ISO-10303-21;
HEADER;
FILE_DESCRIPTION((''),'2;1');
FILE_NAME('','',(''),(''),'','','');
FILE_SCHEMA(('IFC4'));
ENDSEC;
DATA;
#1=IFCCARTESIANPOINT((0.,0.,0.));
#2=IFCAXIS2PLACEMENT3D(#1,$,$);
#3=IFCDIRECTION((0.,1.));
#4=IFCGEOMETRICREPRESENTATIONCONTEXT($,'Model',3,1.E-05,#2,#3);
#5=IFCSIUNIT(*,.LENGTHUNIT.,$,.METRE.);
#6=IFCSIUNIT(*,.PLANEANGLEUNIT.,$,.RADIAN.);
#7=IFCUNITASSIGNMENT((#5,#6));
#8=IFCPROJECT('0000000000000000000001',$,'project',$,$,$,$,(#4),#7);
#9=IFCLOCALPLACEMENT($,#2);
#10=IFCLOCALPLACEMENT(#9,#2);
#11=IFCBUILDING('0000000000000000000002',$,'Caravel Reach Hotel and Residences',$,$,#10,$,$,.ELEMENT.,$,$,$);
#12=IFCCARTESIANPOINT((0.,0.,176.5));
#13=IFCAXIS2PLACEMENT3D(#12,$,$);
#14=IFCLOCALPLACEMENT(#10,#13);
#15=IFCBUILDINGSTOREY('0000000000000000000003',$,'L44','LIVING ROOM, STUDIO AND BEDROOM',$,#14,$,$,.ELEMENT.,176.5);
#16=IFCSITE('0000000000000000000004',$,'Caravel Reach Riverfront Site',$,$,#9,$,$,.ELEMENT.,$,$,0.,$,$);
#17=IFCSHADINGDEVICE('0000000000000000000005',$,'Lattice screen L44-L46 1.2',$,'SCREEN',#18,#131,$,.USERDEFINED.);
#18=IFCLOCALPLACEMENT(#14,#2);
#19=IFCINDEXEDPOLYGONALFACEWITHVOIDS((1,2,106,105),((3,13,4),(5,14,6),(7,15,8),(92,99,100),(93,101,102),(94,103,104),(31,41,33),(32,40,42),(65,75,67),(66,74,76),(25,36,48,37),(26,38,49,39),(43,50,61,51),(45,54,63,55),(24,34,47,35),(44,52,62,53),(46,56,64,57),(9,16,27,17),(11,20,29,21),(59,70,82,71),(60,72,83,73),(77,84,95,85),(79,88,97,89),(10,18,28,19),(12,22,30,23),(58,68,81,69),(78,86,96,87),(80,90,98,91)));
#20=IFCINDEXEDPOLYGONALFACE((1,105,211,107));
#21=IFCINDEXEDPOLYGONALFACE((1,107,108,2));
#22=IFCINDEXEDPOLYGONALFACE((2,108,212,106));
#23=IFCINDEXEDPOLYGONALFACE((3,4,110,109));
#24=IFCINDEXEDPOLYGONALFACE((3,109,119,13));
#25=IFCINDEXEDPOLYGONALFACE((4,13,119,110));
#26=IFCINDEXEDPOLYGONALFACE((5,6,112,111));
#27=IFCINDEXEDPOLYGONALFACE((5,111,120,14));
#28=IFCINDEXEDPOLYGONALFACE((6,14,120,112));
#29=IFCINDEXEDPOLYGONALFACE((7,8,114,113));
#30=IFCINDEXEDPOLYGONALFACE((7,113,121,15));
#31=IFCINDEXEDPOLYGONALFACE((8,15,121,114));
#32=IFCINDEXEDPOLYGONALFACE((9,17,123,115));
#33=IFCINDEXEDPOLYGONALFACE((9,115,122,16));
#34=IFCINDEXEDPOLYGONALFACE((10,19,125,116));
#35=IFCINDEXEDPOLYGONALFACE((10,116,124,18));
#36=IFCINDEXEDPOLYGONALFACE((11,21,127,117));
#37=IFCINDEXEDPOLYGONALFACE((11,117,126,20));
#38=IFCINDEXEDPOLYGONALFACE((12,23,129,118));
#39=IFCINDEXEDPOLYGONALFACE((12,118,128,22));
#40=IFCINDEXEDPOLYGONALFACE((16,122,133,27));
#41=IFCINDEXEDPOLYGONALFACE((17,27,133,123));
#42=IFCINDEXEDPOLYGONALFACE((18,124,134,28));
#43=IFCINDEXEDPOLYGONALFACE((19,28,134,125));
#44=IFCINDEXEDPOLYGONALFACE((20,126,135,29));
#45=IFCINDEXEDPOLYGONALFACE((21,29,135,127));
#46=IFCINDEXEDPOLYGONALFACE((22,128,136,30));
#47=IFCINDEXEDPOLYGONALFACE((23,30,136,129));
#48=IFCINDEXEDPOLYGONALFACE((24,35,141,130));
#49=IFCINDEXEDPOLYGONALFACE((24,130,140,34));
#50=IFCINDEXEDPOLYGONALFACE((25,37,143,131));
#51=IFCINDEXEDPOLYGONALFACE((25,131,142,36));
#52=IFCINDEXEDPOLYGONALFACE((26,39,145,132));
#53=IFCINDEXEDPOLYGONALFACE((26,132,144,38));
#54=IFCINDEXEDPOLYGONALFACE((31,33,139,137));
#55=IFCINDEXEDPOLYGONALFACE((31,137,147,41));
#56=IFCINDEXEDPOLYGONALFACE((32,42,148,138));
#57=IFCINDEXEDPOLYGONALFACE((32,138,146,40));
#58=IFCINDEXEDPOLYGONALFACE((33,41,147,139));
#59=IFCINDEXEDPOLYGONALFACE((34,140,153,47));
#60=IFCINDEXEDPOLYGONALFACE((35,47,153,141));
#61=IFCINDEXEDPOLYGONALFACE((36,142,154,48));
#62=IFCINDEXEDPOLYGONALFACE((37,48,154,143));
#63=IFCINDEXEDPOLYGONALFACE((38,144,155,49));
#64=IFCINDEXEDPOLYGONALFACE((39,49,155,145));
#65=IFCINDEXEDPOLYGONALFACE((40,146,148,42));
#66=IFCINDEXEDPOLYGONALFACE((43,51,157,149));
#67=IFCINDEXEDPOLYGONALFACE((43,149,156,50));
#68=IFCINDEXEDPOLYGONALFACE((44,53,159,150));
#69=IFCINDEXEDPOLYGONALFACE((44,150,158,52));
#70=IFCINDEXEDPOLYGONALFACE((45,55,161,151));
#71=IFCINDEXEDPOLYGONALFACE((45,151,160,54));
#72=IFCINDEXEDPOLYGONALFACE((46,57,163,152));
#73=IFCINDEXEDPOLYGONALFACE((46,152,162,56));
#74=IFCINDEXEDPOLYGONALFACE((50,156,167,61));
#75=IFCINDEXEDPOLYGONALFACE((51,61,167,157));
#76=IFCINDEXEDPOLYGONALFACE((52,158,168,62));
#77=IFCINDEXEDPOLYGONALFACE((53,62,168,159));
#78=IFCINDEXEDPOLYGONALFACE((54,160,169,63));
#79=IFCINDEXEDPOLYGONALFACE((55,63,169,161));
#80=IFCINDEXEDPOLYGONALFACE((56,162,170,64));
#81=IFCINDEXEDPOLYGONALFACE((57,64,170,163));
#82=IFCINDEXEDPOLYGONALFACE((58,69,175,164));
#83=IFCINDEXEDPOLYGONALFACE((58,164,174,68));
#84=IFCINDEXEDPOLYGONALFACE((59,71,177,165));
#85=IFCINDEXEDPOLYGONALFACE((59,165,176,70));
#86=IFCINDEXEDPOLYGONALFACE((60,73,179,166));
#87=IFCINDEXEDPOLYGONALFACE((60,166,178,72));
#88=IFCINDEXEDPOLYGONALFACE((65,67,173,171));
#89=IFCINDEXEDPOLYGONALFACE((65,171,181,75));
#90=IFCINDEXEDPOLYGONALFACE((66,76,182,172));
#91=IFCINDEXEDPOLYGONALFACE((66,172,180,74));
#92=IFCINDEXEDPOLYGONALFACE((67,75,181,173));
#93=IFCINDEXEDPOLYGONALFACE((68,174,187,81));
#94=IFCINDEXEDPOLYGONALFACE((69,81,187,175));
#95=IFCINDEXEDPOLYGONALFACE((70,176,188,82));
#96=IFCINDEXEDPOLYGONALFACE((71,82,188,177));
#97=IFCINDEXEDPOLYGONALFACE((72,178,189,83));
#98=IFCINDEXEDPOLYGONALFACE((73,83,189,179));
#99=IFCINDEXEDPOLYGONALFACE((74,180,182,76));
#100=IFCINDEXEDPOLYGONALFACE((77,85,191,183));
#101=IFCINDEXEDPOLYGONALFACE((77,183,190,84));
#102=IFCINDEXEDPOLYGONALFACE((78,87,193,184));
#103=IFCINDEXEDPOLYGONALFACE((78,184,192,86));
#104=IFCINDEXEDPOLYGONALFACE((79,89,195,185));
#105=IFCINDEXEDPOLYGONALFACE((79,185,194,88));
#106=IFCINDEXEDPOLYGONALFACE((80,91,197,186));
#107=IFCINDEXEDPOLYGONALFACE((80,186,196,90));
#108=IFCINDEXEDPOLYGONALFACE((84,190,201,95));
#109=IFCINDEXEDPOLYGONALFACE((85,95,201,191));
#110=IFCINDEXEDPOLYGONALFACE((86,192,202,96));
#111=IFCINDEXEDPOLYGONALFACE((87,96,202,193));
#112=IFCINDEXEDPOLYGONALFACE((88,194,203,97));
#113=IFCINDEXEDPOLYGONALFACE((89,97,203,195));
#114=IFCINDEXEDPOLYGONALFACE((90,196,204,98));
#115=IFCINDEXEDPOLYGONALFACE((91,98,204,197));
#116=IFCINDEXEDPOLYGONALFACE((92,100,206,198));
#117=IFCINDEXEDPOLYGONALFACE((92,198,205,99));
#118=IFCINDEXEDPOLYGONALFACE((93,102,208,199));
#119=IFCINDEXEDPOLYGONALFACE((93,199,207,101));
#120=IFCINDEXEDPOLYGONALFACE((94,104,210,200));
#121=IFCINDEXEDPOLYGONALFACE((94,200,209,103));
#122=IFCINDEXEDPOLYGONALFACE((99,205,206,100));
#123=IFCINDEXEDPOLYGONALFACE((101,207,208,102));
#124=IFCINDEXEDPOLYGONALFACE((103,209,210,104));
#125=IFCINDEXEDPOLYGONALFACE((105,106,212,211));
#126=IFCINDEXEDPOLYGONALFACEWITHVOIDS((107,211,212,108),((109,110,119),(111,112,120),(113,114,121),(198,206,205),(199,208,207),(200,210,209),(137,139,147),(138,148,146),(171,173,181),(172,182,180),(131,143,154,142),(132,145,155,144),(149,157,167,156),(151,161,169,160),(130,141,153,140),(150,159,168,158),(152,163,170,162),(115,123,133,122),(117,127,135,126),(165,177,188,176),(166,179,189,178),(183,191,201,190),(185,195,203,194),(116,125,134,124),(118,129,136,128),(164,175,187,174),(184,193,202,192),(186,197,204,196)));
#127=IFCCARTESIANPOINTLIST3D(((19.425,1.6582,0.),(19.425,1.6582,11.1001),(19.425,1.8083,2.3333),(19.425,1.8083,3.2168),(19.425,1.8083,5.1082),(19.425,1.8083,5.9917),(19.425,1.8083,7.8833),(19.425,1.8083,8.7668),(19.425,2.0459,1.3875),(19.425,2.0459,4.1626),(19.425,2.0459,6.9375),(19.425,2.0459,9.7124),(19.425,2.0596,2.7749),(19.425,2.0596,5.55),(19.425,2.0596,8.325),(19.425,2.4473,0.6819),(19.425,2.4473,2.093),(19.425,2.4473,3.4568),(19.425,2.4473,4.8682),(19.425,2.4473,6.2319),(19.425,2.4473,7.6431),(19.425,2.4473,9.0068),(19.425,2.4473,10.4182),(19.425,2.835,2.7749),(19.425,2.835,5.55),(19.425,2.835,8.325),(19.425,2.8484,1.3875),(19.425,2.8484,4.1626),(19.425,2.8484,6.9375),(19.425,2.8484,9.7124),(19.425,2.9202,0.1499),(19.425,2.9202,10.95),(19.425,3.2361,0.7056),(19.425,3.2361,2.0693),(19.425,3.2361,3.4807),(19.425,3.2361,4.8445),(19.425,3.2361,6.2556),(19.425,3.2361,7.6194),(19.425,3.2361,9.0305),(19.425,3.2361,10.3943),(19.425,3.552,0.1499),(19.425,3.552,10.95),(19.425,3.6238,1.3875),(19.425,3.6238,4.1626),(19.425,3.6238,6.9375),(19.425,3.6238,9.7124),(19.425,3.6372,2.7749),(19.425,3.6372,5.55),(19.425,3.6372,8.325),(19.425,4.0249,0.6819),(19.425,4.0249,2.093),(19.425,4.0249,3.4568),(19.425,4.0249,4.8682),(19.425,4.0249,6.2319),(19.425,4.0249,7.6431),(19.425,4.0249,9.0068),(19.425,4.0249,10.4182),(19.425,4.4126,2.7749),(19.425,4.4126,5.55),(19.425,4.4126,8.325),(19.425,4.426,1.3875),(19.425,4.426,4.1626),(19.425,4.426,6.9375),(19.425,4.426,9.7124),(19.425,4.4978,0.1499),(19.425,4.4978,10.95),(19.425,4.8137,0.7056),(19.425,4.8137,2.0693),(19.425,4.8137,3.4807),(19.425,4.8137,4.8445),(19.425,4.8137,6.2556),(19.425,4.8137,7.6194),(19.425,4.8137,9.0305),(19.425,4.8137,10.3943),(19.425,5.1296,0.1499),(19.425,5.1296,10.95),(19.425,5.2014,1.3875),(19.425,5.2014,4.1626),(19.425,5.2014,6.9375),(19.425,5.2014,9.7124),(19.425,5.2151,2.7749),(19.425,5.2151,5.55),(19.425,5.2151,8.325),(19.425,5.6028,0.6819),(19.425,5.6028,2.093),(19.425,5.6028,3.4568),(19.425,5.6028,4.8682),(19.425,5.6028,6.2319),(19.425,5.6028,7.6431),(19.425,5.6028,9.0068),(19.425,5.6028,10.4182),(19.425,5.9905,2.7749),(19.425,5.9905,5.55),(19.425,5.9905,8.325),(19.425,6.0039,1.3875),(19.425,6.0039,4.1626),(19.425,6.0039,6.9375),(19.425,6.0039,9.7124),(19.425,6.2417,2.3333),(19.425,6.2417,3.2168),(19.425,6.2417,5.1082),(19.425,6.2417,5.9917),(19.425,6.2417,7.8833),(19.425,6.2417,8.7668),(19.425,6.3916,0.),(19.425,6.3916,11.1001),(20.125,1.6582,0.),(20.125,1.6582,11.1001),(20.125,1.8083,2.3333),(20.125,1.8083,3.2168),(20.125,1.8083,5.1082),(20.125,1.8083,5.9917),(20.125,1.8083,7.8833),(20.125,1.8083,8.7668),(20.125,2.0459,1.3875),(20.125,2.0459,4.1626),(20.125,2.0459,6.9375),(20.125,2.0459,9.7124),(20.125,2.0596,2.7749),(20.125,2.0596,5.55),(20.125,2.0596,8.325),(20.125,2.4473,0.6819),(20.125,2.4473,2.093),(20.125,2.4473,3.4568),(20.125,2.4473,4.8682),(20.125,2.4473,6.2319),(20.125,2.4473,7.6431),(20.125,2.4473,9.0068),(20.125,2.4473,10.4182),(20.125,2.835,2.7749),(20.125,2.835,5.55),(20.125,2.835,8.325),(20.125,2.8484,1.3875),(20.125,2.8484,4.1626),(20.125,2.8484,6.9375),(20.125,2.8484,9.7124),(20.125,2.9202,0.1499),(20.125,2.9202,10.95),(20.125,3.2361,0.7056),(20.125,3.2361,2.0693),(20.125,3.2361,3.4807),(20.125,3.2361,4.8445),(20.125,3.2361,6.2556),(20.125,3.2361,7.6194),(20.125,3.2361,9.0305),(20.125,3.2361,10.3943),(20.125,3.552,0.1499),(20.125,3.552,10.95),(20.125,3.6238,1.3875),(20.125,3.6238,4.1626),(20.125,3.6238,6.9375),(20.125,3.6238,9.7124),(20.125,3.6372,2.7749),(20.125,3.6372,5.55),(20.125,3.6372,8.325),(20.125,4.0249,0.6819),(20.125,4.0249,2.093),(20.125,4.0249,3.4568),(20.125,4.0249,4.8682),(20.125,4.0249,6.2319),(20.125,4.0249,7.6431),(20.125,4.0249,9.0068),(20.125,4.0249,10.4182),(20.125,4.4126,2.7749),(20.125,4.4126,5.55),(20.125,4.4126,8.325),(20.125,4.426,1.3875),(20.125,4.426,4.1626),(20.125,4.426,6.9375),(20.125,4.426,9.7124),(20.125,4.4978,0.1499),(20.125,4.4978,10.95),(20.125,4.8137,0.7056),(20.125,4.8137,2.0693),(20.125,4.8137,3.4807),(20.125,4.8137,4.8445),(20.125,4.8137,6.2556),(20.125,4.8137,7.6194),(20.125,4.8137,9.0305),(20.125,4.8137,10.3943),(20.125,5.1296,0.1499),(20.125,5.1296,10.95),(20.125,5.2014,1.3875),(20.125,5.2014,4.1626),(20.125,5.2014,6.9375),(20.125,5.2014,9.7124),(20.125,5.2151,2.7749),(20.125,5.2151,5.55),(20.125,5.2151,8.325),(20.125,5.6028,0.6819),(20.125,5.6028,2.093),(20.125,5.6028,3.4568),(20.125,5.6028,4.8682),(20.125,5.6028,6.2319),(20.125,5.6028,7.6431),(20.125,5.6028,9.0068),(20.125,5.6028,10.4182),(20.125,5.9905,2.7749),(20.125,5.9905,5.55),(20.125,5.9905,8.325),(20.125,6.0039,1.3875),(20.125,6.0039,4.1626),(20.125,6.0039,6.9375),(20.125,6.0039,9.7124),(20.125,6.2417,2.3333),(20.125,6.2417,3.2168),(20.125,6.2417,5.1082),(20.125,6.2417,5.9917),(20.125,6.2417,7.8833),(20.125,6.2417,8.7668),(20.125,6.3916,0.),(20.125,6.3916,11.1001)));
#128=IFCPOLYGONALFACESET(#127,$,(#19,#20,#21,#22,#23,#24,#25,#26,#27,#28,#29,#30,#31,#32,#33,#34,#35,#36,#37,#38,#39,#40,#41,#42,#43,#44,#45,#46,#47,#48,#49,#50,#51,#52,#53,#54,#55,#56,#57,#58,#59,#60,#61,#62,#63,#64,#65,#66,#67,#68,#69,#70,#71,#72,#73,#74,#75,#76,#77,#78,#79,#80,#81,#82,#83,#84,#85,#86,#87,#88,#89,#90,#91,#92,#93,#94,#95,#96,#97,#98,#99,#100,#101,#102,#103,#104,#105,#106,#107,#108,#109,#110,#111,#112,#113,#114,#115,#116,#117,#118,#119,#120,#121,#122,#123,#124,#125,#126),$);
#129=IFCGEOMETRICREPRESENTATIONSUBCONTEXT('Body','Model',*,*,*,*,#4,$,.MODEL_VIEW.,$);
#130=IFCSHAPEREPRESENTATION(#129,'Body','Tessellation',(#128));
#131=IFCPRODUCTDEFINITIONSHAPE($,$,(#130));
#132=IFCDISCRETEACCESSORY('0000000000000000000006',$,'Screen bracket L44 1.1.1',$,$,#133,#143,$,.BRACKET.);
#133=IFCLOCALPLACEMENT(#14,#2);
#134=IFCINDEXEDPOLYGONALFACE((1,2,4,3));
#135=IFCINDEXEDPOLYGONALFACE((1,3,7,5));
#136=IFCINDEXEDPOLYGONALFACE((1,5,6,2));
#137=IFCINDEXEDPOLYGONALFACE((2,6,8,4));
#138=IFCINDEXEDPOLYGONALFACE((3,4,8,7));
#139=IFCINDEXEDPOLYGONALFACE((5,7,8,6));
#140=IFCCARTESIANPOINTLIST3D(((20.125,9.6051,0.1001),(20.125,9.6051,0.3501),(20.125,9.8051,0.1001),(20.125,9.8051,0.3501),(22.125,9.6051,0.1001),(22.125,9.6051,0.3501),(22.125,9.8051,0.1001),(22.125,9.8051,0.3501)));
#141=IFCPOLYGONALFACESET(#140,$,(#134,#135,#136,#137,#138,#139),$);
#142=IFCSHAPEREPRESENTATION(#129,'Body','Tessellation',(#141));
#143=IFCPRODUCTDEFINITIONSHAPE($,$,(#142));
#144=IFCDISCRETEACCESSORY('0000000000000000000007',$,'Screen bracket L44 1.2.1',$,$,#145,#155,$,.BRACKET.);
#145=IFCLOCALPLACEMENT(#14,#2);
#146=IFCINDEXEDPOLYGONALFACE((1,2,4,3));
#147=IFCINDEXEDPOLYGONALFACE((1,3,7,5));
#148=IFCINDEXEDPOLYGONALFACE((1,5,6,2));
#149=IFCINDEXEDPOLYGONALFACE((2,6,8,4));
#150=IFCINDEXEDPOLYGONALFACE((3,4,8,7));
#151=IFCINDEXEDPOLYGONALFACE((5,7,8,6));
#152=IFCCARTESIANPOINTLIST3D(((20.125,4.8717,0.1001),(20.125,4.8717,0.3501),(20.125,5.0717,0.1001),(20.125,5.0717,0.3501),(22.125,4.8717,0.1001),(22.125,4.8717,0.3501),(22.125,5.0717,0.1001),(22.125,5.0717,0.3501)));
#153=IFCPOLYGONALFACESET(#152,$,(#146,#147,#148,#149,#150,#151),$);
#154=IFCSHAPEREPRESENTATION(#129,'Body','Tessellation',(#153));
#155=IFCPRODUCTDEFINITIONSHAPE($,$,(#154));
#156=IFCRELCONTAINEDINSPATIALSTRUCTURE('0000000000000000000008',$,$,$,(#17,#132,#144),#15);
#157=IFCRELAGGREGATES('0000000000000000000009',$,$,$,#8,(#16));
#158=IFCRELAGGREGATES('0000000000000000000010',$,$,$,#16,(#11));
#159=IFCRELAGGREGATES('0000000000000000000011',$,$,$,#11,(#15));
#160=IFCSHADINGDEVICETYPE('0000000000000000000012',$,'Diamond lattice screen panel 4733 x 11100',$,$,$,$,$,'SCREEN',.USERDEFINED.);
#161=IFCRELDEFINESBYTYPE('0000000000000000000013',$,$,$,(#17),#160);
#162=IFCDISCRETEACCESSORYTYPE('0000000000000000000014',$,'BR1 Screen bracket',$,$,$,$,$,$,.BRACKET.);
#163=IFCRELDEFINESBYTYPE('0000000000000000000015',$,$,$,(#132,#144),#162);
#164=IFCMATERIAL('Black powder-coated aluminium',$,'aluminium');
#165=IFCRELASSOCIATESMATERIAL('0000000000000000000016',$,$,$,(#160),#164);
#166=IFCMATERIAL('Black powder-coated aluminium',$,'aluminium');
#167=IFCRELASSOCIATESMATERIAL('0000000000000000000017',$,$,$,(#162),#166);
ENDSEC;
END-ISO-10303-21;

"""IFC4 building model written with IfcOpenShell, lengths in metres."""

from ifc_helpers import new_model, si_unit, direction, frame, origin, origin_2d, place, context, subcontext, project, spatial, polyline, rectangle, outline, extrude, material, type_object, element, save


model = new_model("IFC4")

# Units and contexts
model_context = context("Model", 3, precision=1e-05, world=origin(), true_north=direction((0.0, 1.0)))
body_context = subcontext(model_context, "Body", "Model", "MODEL_VIEW")
ifc_project = project(units=[si_unit("LENGTHUNIT", "METRE"), si_unit("PLANEANGLEUNIT", "RADIAN")], contexts=[model_context])

# Site, building, storey
site_placement = place(None, origin())
site = spatial("IfcSite", under=ifc_project, at=site_placement, Name="Caravel Reach Riverfront Site", CompositionType="ELEMENT", RefElevation=0.0)
building_placement = place(site_placement, origin())
building = spatial("IfcBuilding", under=site, at=building_placement, Name="Caravel Reach Hotel and Residences", CompositionType="ELEMENT")
storey_placement = place(building_placement, frame((0.0, 0.0, 176.5)))
storey = spatial("IfcBuildingStorey", under=building, at=storey_placement, Name="L44", Description="LIVING ROOM, STUDIO AND BEDROOM", CompositionType="ELEMENT", Elevation=176.5)

# Shading device
ifc_material_1 = material(Name="Black powder-coated aluminium", Category="aluminium")
shading_device_type = type_object("IfcShadingDeviceType", Name="Diamond lattice screen panel 4733 x 11100", ElementType="SCREEN", PredefinedType="USERDEFINED", material=ifc_material_1)
shading_device_1_placement = place(storey_placement, frame((20.125, 6.3916, 0.0), z_axis=(-1.0, 0.0, 0.0), x_axis=(0.0, -1.0, 0.0)))
element("IfcShadingDevice", 1, at=shading_device_1_placement, inside=storey, type_object=shading_device_type, Name="Lattice screen L44-L46 1.2", ObjectType="SCREEN", PredefinedType="USERDEFINED", context=body_context, shape_type="SweptSolid", body=[
    extrude(outline(polyline([(0.0, 0.0), (4.7334, 0.0), (4.7334, 11.1001), (0.0, 11.1001), (0.0, 0.0)]), holes=[polyline([(0.4011, 2.7749), (0.1499, 3.2168), (0.1499, 2.3333), (0.4011, 2.7749)]), polyline([(0.4011, 5.55), (0.1499, 5.9917), (0.1499, 5.1082), (0.4011, 5.55)]), polyline([(0.4011, 8.325), (0.1499, 8.7668), (0.1499, 7.8833), (0.4011, 8.325)]), polyline([(0.7888, 2.093), (0.3877, 1.3875), (0.7888, 0.6819), (1.1902, 1.3875), (0.7888, 2.093)]), polyline([(0.7888, 4.8682), (0.3877, 4.1626), (0.7888, 3.4568), (1.1902, 4.1626), (0.7888, 4.8682)]), polyline([(0.7888, 7.6431), (0.3877, 6.9375), (0.7888, 6.2319), (1.1902, 6.9375), (0.7888, 7.6431)]), polyline([(0.7888, 10.4182), (0.3877, 9.7124), (0.7888, 9.0068), (1.1902, 9.7124), (0.7888, 10.4182)]), polyline([(1.5779, 0.7056), (1.262, 0.1499), (1.8938, 0.1499), (1.5779, 0.7056)]), polyline([(1.5779, 3.4807), (1.1765, 2.7749), (1.5779, 2.0693), (1.979, 2.7749), (1.5779, 3.4807)]), polyline([(1.5779, 6.2556), (1.1765, 5.55), (1.5779, 4.8445), (1.979, 5.55), (1.5779, 6.2556)]), polyline([(1.5779, 9.0305), (1.1765, 8.325), (1.5779, 7.6194), (1.979, 8.325), (1.5779, 9.0305)]), polyline([(1.5779, 10.3943), (1.8938, 10.95), (1.262, 10.95), (1.5779, 10.3943)]), polyline([(2.3667, 2.093), (1.9656, 1.3875), (2.3667, 0.6819), (2.7678, 1.3875), (2.3667, 2.093)]), polyline([(2.3667, 4.8682), (1.9656, 4.1626), (2.3667, 3.4568), (2.7678, 4.1626), (2.3667, 4.8682)]), polyline([(2.3667, 7.6431), (1.9656, 6.9375), (2.3667, 6.2319), (2.7678, 6.9375), (2.3667, 7.6431)]), polyline([(2.3667, 10.4182), (1.9656, 9.7124), (2.3667, 9.0068), (2.7678, 9.7124), (2.3667, 10.4182)]), polyline([(3.1555, 0.7056), (2.8396, 0.1499), (3.4714, 0.1499), (3.1555, 0.7056)]), polyline([(3.1555, 3.4807), (2.7544, 2.7749), (3.1555, 2.0693), (3.5566, 2.7749), (3.1555, 3.4807)]), polyline([(3.1555, 6.2556), (2.7544, 5.55), (3.1555, 4.8445), (3.5566, 5.55), (3.1555, 6.2556)]), polyline([(3.1555, 9.0305), (2.7544, 8.325), (3.1555, 7.6194), (3.5566, 8.325), (3.1555, 9.0305)]), polyline([(3.1555, 10.3943), (3.4714, 10.95), (2.8396, 10.95), (3.1555, 10.3943)]), polyline([(3.9443, 2.093), (3.5432, 1.3875), (3.9443, 0.6819), (4.3457, 1.3875), (3.9443, 2.093)]), polyline([(3.9443, 4.8682), (3.5432, 4.1626), (3.9443, 3.4568), (4.3457, 4.1626), (3.9443, 4.8682)]), polyline([(3.9443, 7.6431), (3.5432, 6.9375), (3.9443, 6.2319), (4.3457, 6.9375), (3.9443, 7.6431)]), polyline([(3.9443, 10.4182), (3.5432, 9.7124), (3.9443, 9.0068), (4.3457, 9.7124), (3.9443, 10.4182)]), polyline([(4.332, 2.7749), (4.5833, 2.3333), (4.5833, 3.2168), (4.332, 2.7749)]), polyline([(4.332, 5.55), (4.5833, 5.1082), (4.5833, 5.9917), (4.332, 5.55)]), polyline([(4.332, 8.325), (4.5833, 7.8833), (4.5833, 8.7668), (4.332, 8.325)])]), origin(), (0.0, 0.0, 1.0), 0.7),
])

# Discrete accessories
ifc_material_2 = material(Name="Black powder-coated aluminium", Category="aluminium")
discrete_accessory_type = type_object("IfcDiscreteAccessoryType", Name="BR1 Screen bracket", PredefinedType="BRACKET", material=ifc_material_2)
for number, where, z_axis, x_axis, name in (
    (2, (21.125, 9.7051, 0.1001), (0.0, 0.0, 1.0), (-1.0, 0.0, 0.0), "Screen bracket L44 1.1.1"),
    (3, (21.125, 4.9717, 0.1001), (0.0, 0.0, 1.0), (-1.0, 0.0, 0.0), "Screen bracket L44 1.2.1"),
):
    element("IfcDiscreteAccessory", number, at=place(storey_placement, frame(where, z_axis=z_axis, x_axis=x_axis)), inside=storey, type_object=discrete_accessory_type, Name=name, PredefinedType="BRACKET", context=body_context, shape_type="SweptSolid", body=[
        extrude(rectangle(XDim=2.0, YDim=0.2, at=origin_2d()), origin(), (0.0, 0.0, 1.0), 0.25),
    ])

save(model, "model.ifc")
